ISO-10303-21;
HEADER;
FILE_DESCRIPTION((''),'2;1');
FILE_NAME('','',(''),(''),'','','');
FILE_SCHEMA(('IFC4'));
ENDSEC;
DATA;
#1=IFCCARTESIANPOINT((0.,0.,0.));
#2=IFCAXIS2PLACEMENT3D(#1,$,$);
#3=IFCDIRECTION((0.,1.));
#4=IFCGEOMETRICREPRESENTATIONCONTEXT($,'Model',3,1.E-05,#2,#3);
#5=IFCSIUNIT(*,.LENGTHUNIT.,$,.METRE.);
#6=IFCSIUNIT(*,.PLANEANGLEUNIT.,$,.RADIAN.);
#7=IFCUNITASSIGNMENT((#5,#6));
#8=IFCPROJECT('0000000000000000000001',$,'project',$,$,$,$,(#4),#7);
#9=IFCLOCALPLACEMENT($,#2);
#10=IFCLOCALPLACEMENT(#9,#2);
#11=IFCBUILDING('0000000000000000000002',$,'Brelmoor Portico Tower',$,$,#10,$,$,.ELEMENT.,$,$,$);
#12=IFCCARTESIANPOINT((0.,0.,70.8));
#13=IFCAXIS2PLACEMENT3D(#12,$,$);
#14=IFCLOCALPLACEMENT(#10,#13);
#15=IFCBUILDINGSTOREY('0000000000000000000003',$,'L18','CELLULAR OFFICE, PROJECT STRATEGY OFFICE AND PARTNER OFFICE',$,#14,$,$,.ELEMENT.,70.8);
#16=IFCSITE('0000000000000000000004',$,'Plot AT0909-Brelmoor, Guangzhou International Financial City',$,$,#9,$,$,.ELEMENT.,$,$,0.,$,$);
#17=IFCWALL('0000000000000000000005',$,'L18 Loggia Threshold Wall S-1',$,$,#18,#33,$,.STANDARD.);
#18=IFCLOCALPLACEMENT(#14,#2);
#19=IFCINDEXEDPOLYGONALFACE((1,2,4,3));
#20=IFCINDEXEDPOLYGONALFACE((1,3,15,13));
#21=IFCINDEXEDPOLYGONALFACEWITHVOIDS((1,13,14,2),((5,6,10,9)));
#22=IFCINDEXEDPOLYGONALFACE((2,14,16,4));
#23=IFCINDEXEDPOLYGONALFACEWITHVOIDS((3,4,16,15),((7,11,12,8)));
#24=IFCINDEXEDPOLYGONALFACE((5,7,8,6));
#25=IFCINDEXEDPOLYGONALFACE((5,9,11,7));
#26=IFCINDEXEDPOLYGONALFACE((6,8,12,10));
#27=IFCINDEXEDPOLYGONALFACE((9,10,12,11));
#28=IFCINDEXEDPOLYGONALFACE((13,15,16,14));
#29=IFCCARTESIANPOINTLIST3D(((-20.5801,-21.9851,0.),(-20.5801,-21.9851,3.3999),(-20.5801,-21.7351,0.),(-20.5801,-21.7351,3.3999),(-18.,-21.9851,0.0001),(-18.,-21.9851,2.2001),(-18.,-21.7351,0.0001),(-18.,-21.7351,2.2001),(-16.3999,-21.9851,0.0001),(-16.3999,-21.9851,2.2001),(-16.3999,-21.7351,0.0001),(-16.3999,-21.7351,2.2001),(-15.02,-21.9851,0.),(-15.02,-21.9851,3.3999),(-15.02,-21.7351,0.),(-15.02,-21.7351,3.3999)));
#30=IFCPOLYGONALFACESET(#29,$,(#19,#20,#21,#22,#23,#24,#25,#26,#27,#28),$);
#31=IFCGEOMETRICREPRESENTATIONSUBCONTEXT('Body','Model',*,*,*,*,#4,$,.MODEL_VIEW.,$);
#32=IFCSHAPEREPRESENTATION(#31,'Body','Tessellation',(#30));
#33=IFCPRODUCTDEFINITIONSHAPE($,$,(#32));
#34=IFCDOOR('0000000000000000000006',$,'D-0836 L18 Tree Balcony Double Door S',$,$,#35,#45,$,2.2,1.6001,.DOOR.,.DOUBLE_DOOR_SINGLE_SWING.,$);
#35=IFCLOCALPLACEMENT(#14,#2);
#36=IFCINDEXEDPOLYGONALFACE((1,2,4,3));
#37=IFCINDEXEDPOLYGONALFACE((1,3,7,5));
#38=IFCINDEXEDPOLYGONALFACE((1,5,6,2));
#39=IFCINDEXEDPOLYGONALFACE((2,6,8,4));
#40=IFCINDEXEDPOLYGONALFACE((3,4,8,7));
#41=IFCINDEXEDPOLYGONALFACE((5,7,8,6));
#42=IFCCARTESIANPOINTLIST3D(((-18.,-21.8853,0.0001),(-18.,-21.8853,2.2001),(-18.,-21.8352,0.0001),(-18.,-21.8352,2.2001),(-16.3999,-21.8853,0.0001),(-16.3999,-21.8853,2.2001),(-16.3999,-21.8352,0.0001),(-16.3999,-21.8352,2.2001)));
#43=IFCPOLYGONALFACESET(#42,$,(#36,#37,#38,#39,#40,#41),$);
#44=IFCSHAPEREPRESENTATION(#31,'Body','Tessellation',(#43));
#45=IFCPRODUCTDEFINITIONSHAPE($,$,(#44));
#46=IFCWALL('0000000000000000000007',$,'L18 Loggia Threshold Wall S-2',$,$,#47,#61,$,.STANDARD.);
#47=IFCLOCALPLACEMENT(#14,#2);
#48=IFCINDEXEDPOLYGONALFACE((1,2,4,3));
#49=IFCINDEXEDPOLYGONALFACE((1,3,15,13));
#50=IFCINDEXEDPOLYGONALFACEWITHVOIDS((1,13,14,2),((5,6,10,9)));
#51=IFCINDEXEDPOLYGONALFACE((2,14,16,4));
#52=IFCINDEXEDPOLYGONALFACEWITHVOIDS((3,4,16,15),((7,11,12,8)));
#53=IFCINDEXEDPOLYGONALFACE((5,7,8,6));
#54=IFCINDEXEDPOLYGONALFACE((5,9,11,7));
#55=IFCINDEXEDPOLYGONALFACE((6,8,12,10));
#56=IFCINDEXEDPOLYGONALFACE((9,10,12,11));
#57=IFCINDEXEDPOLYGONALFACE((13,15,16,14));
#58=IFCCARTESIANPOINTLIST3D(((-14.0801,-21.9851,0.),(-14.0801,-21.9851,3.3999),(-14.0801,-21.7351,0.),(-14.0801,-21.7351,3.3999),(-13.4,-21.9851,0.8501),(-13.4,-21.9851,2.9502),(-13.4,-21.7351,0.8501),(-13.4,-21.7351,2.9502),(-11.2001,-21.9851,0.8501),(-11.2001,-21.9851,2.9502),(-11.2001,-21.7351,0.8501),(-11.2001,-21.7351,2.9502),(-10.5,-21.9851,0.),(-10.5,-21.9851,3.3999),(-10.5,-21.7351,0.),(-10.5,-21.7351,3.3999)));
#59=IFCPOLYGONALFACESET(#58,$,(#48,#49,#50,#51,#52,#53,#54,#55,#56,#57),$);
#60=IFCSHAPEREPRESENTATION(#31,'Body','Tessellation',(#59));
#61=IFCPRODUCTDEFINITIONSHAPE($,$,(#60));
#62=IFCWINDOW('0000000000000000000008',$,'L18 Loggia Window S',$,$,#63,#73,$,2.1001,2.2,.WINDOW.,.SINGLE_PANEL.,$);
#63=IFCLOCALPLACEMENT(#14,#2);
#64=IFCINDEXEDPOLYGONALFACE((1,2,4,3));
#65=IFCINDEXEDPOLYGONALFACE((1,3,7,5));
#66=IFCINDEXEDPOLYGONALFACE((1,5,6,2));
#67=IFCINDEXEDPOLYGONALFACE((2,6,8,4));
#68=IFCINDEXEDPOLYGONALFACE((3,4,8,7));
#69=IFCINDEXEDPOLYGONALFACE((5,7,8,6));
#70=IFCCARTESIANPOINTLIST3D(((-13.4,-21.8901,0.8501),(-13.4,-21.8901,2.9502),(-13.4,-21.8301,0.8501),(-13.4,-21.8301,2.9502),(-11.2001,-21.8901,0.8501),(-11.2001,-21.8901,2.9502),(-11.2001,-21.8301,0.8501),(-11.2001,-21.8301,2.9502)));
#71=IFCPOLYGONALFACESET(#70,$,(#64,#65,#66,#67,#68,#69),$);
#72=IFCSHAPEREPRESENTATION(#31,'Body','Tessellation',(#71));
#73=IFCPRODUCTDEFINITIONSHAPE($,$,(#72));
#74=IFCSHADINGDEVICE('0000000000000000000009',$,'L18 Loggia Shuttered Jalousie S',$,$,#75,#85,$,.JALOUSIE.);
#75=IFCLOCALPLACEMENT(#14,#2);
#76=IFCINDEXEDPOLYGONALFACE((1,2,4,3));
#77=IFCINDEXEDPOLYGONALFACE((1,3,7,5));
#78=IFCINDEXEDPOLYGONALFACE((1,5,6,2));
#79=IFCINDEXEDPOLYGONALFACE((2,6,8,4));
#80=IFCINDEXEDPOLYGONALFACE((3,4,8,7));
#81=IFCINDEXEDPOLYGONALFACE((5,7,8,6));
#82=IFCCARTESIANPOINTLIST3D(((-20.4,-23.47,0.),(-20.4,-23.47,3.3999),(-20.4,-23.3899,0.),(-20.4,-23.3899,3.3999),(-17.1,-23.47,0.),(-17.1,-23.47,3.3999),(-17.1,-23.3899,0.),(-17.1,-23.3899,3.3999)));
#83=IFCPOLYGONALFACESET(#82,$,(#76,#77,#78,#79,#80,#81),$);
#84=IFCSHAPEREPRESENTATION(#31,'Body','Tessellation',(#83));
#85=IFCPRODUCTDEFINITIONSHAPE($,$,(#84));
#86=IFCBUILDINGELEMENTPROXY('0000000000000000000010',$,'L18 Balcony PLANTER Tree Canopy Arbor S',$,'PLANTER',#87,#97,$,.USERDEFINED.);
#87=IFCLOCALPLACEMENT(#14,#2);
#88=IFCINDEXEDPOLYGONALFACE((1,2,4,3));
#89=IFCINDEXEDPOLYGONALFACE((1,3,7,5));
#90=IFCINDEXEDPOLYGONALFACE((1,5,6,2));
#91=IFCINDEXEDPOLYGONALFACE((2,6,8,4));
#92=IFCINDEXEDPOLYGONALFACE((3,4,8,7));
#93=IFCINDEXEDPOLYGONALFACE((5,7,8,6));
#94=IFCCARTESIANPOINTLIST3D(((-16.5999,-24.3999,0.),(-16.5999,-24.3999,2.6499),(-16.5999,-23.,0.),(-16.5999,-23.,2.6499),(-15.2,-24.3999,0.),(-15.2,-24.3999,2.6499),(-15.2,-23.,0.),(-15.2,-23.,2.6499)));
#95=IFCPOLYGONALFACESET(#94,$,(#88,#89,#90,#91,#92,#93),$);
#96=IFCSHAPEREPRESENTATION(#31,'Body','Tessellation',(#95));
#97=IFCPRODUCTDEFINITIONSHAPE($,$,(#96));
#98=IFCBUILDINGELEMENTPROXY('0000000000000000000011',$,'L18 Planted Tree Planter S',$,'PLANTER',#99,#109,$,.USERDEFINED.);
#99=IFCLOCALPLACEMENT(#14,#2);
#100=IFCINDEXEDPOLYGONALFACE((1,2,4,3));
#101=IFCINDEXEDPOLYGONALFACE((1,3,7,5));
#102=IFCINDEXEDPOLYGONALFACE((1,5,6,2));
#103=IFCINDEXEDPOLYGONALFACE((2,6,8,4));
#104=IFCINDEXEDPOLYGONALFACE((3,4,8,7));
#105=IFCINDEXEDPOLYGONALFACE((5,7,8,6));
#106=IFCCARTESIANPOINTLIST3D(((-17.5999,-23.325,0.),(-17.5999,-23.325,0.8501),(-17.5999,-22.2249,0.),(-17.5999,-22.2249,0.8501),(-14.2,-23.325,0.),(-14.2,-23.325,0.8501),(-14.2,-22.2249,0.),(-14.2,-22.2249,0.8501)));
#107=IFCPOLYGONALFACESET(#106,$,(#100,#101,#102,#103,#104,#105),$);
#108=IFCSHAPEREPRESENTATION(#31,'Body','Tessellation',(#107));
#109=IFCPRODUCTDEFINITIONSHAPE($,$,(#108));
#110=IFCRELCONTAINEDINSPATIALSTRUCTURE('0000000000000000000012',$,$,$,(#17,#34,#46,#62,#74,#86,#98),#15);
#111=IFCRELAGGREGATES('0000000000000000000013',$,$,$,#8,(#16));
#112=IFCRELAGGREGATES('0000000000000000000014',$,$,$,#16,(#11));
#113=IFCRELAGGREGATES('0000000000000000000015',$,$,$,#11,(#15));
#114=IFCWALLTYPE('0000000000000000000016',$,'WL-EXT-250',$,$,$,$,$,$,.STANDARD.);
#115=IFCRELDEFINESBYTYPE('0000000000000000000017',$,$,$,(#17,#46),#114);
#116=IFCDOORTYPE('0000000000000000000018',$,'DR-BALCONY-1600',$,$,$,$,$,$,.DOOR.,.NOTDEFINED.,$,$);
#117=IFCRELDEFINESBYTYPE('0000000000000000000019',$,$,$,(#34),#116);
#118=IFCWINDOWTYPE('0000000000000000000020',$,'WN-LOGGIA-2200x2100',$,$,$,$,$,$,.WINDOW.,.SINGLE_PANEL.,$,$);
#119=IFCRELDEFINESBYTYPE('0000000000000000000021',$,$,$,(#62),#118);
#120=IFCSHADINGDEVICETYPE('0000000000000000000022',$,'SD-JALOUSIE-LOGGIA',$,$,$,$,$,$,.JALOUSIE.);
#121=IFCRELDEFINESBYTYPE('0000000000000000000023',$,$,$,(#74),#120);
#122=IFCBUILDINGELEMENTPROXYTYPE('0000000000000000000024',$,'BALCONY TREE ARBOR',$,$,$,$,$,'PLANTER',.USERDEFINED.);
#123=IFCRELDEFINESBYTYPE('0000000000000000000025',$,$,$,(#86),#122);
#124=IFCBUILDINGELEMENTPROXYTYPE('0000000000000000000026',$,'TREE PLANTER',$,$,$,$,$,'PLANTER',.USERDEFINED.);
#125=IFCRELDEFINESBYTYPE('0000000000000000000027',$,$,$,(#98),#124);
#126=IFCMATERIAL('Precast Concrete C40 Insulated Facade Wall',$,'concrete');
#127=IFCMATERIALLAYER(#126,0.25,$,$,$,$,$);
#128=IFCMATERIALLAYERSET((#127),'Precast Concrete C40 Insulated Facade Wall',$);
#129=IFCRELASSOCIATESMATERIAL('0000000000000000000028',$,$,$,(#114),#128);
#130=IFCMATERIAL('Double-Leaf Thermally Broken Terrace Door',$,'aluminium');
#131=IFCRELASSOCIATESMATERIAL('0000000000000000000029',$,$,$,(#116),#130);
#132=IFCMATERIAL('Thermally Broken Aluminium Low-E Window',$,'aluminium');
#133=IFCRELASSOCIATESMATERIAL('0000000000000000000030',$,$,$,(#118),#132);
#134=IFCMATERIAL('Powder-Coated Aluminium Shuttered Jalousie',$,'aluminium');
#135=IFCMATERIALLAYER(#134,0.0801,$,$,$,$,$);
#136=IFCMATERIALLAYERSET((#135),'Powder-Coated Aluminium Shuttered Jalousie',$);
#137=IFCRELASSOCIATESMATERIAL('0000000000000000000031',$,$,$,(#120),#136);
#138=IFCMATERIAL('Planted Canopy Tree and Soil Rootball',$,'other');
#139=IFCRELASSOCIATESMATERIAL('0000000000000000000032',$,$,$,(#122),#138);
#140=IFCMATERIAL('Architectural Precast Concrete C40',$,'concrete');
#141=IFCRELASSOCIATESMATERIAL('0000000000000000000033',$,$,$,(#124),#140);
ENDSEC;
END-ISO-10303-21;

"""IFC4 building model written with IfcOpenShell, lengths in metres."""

from ifc_helpers import new_model, si_unit, direction, frame, frame_2d, origin, origin_2d, place, context, subcontext, project, spatial, rectangle, extrude, material, layer, layer_set, type_object, element, fill, save


model = new_model("IFC4")

# Units and contexts
model_context = context("Model", 3, precision=1e-05, world=origin(), true_north=direction((0.0, 1.0)))
body_context = subcontext(model_context, "Body", "Model", "MODEL_VIEW")
ifc_project = project(units=[si_unit("LENGTHUNIT", "METRE"), si_unit("PLANEANGLEUNIT", "RADIAN")], contexts=[model_context])

# Site, building, storey
site_placement = place(None, origin())
site = spatial("IfcSite", under=ifc_project, at=site_placement, Name="Plot AT0909-Brelmoor, Guangzhou International Financial City", CompositionType="ELEMENT", RefElevation=0.0)
building_placement = place(site_placement, origin())
building = spatial("IfcBuilding", under=site, at=building_placement, Name="Brelmoor Portico Tower", CompositionType="ELEMENT")
storey_placement = place(building_placement, frame((0.0, 0.0, 70.8)))
storey = spatial("IfcBuildingStorey", under=building, at=storey_placement, Name="L18", Description="CELLULAR OFFICE, PROJECT STRATEGY OFFICE AND PARTNER OFFICE", CompositionType="ELEMENT", Elevation=70.8)

# Wall, opening, door
ifc_material_1 = material(Name="Precast Concrete C40 Insulated Facade Wall", Category="concrete")
ifc_layer_1 = layer(ifc_material_1, 0.25)
ifc_layer_set_1 = layer_set([ifc_layer_1], Name="Precast Concrete C40 Insulated Facade Wall")
wall_type = type_object("IfcWallType", Name="WL-EXT-250", PredefinedType="STANDARD", material=ifc_layer_set_1)
wall_1_placement = place(storey_placement, frame((-20.5801, -21.8601, 0.0), z_axis=(0.0, 0.0, 1.0), x_axis=(1.0, 0.0, 0.0)))
wall_1 = element("IfcWall", 1, at=wall_1_placement, inside=storey, type_object=wall_type, Name="L18 Loggia Threshold Wall S-1", PredefinedType="STANDARD", context=body_context, shape_type="SweptSolid", body=[
    extrude(rectangle(XDim=5.5601, YDim=0.25, at=frame_2d((2.78, 0.0))), origin(), (0.0, 0.0, 1.0), 3.3999),
])
opening_1_placement = place(wall_1_placement, frame((2.5801, 0.0, 0.0)))
opening_1 = element("IfcOpeningElement", 2, at=opening_1_placement, cuts=wall_1, PredefinedType="OPENING", context=body_context, shape_type="SweptSolid", body=[
    extrude(rectangle(XDim=1.6001, YDim=2.2, at=frame_2d((0.8, 1.1001))), frame((0.0, 0.135, 0.0), z_axis=(0.0, -1.0, 0.0), x_axis=(1.0, 0.0, 0.0)), (0.0, 0.0, 1.0), 0.27),
])
ifc_material_2 = material(Name="Double-Leaf Thermally Broken Terrace Door", Category="aluminium")
door_type = type_object("IfcDoorType", Name="DR-BALCONY-1600", OperationType="NOTDEFINED", PredefinedType="DOOR", material=ifc_material_2)
door_placement = place(opening_1_placement, origin())
door = element("IfcDoor", 3, at=door_placement, inside=storey, type_object=door_type, Name="D-0836 L18 Tree Balcony Double Door S", OperationType="DOUBLE_DOOR_SINGLE_SWING", OverallHeight=2.2, OverallWidth=1.6001, PredefinedType="DOOR", context=body_context, shape_type="SweptSolid", body=[
    extrude(rectangle(XDim=1.6001, YDim=2.2, at=frame_2d((0.8, 1.1001))), frame((0.0, 0.0249, 0.0), z_axis=(0.0, -1.0, 0.0), x_axis=(1.0, 0.0, 0.0)), (0.0, 0.0, 1.0), 0.05),
])
fill(opening_1, door)

# Wall, opening, window
wall_2_placement = place(storey_placement, frame((-14.0801, -21.8601, 0.0), z_axis=(0.0, 0.0, 1.0), x_axis=(1.0, 0.0, 0.0)))
wall_2 = element("IfcWall", 4, at=wall_2_placement, inside=storey, type_object=wall_type, Name="L18 Loggia Threshold Wall S-2", PredefinedType="STANDARD", context=body_context, shape_type="SweptSolid", body=[
    extrude(rectangle(XDim=3.5801, YDim=0.25, at=frame_2d((1.79, 0.0))), origin(), (0.0, 0.0, 1.0), 3.3999),
])
opening_2_placement = place(wall_2_placement, frame((0.6799, 0.0, 0.8501)))
opening_2 = element("IfcOpeningElement", 5, at=opening_2_placement, cuts=wall_2, PredefinedType="OPENING", context=body_context, shape_type="SweptSolid", body=[
    extrude(rectangle(XDim=2.2, YDim=2.1001, at=frame_2d((1.1001, 1.05))), frame((0.0, 0.135, 0.0), z_axis=(0.0, -1.0, 0.0), x_axis=(1.0, 0.0, 0.0)), (0.0, 0.0, 1.0), 0.27),
])
ifc_material_3 = material(Name="Thermally Broken Aluminium Low-E Window", Category="aluminium")
window_type = type_object("IfcWindowType", Name="WN-LOGGIA-2200x2100", PartitioningType="SINGLE_PANEL", PredefinedType="WINDOW", material=ifc_material_3)
window_placement = place(opening_2_placement, origin())
window = element("IfcWindow", 6, at=window_placement, inside=storey, type_object=window_type, Name="L18 Loggia Window S", OverallHeight=2.1001, OverallWidth=2.2, PartitioningType="SINGLE_PANEL", PredefinedType="WINDOW", context=body_context, shape_type="SweptSolid", body=[
    extrude(rectangle(XDim=2.2, YDim=2.1001, at=frame_2d((1.1001, 1.05))), frame((0.0, 0.03, 0.0), z_axis=(0.0, -1.0, 0.0), x_axis=(1.0, 0.0, 0.0)), (0.0, 0.0, 1.0), 0.0601),
])
fill(opening_2, window)

# Shading device
ifc_material_4 = material(Name="Powder-Coated Aluminium Shuttered Jalousie", Category="aluminium")
ifc_layer_2 = layer(ifc_material_4, 0.0801)
ifc_layer_set_2 = layer_set([ifc_layer_2], Name="Powder-Coated Aluminium Shuttered Jalousie")
shading_device_type = type_object("IfcShadingDeviceType", Name="SD-JALOUSIE-LOGGIA", PredefinedType="JALOUSIE", material=ifc_layer_set_2)
shading_device_placement = place(storey_placement, frame((-18.75, -23.4299, 0.0), z_axis=(0.0, 0.0, 1.0), x_axis=(1.0, 0.0, 0.0)))
element("IfcShadingDevice", 7, at=shading_device_placement, inside=storey, type_object=shading_device_type, Name="L18 Loggia Shuttered Jalousie S", PredefinedType="JALOUSIE", context=body_context, shape_type="SweptSolid", body=[
    extrude(rectangle(XDim=3.3, YDim=0.0801, at=origin_2d()), origin(), (0.0, 0.0, 1.0), 3.3999),
])

# Building element proxies
ifc_material_5 = material(Name="Planted Canopy Tree and Soil Rootball", Category="other")
building_element_proxy_type_1 = type_object("IfcBuildingElementProxyType", Name="BALCONY TREE ARBOR", ElementType="PLANTER", PredefinedType="USERDEFINED", material=ifc_material_5)
proxy_1_placement = place(storey_placement, frame((-15.8999, -23.7, 0.0), z_axis=(0.0, 0.0, 1.0), x_axis=(1.0, 0.0, 0.0)))
element("IfcBuildingElementProxy", 8, at=proxy_1_placement, inside=storey, type_object=building_element_proxy_type_1, Name="L18 Balcony PLANTER Tree Canopy Arbor S", ObjectType="PLANTER", PredefinedType="USERDEFINED", context=body_context, shape_type="SweptSolid", body=[
    extrude(rectangle(XDim=1.3999, YDim=1.3999, at=origin_2d()), origin(), (0.0, 0.0, 1.0), 2.6499),
])
ifc_material_6 = material(Name="Architectural Precast Concrete C40", Category="concrete")
building_element_proxy_type_2 = type_object("IfcBuildingElementProxyType", Name="TREE PLANTER", ElementType="PLANTER", PredefinedType="USERDEFINED", material=ifc_material_6)
proxy_2_placement = place(storey_placement, frame((-15.8999, -22.7749, 0.0), z_axis=(0.0, 0.0, 1.0), x_axis=(1.0, 0.0, 0.0)))
element("IfcBuildingElementProxy", 9, at=proxy_2_placement, inside=storey, type_object=building_element_proxy_type_2, Name="L18 Planted Tree Planter S", ObjectType="PLANTER", PredefinedType="USERDEFINED", context=body_context, shape_type="SweptSolid", body=[
    extrude(rectangle(XDim=3.3999, YDim=1.1001, at=origin_2d()), origin(), (0.0, 0.0, 1.0), 0.8501),
])

save(model, "model.ifc")
